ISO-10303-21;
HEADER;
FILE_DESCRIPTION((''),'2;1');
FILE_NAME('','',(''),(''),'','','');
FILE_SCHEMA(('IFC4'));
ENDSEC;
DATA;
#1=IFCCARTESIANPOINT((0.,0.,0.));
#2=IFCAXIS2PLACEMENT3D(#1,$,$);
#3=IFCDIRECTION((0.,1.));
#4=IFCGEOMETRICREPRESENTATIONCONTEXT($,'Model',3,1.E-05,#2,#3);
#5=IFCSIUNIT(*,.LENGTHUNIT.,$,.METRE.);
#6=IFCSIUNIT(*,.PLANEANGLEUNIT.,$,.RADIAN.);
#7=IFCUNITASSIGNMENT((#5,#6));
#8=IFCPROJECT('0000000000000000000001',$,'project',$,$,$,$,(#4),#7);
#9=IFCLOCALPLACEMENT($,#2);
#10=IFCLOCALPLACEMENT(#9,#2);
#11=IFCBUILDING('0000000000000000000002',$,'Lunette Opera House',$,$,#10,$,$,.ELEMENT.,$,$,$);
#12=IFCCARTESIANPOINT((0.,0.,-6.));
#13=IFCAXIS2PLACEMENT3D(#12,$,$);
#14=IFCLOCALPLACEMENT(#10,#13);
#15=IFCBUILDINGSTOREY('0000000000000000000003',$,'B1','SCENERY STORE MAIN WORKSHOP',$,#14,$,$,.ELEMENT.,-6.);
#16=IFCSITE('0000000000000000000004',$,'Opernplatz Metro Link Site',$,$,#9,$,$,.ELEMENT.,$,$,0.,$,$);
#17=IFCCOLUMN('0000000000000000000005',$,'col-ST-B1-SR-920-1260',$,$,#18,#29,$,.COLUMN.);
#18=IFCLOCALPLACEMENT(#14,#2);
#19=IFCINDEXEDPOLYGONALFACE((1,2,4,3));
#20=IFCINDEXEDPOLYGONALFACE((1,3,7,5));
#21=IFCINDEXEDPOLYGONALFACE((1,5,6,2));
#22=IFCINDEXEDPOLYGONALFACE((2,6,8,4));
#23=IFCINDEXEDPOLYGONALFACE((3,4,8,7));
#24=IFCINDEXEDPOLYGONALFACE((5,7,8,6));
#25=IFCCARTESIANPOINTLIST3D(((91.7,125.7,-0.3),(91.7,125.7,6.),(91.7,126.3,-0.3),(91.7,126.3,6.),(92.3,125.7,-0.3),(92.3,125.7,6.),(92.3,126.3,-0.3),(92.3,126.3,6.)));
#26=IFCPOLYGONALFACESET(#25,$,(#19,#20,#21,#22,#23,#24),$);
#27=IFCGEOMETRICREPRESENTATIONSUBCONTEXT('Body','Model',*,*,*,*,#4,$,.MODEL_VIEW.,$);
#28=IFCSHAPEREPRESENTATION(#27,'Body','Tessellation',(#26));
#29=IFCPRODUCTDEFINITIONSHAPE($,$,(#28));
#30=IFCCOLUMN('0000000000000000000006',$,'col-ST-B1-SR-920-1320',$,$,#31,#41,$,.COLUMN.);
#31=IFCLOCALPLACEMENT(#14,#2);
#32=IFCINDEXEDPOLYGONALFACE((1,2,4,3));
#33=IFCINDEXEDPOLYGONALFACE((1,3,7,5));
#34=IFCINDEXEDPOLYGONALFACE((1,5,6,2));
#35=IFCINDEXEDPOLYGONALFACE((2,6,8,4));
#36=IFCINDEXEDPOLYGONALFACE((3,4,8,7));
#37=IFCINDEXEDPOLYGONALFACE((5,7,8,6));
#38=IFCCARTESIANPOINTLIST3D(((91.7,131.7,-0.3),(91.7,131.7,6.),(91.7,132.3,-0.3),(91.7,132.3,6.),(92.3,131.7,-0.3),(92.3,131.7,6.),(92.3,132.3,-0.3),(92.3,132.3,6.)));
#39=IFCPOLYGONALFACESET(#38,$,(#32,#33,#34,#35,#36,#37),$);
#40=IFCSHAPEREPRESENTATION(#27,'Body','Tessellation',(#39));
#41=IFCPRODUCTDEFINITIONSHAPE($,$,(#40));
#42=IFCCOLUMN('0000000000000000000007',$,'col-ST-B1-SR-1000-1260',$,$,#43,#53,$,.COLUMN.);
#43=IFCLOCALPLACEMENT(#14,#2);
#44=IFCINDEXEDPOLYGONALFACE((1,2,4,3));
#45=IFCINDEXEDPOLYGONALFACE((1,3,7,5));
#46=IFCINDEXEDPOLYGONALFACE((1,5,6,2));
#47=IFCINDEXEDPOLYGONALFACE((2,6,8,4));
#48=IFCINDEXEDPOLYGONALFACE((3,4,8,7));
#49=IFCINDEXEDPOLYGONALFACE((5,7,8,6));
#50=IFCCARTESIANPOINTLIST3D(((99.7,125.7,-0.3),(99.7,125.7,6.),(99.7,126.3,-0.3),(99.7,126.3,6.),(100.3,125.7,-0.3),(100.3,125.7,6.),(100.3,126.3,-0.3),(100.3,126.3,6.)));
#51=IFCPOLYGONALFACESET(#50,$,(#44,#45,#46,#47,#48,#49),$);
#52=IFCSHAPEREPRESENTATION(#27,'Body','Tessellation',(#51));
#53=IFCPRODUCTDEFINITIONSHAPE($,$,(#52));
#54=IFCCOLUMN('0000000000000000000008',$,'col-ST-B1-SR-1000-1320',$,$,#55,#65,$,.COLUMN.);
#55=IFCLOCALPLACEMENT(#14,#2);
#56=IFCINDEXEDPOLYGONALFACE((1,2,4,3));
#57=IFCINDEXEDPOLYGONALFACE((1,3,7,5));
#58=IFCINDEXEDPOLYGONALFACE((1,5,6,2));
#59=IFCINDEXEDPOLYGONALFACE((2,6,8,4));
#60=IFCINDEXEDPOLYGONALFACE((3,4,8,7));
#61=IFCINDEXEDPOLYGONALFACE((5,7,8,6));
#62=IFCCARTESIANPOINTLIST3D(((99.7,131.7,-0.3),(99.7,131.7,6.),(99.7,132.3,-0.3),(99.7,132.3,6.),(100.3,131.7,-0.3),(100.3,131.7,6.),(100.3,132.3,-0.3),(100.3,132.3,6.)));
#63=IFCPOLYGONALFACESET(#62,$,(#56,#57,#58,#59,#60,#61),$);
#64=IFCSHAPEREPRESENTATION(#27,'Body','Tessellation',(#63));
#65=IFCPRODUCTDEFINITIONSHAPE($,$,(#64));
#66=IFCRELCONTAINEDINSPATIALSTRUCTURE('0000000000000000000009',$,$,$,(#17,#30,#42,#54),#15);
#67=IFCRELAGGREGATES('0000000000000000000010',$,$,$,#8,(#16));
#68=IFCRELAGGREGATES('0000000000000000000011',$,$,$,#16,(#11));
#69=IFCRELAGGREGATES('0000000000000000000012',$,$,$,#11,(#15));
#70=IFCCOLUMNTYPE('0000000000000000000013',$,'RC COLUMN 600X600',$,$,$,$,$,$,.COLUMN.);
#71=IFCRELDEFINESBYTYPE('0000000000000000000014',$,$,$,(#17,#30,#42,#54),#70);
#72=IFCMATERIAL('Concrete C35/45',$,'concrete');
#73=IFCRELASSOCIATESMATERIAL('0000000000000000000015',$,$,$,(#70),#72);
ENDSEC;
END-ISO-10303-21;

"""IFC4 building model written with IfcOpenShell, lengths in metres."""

from ifc_helpers import new_model, si_unit, direction, frame, origin, origin_2d, place, context, subcontext, project, spatial, rectangle, extrude, material, material_profile, profile_set, type_object, element, save


model = new_model("IFC4")

# Units and contexts
model_context = context("Model", 3, precision=1e-05, world=origin(), true_north=direction((0.0, 1.0)))
body_context = subcontext(model_context, "Body", "Model", "MODEL_VIEW")
ifc_project = project(units=[si_unit("LENGTHUNIT", "METRE"), si_unit("PLANEANGLEUNIT", "RADIAN")], contexts=[model_context])

# Site, building, storey
site_placement = place(None, origin())
site = spatial("IfcSite", under=ifc_project, at=site_placement, Name="Opernplatz Metro Link Site", CompositionType="ELEMENT", RefElevation=0.0)
building_placement = place(site_placement, origin())
building = spatial("IfcBuilding", under=site, at=building_placement, Name="Lunette Opera House", CompositionType="ELEMENT")
storey_placement = place(building_placement, frame((0.0, 0.0, -6.0)))
storey = spatial("IfcBuildingStorey", under=building, at=storey_placement, Name="B1", Description="SCENERY STORE MAIN WORKSHOP", CompositionType="ELEMENT", Elevation=-6.0)

# Columns
ifc_material_1 = material(Name="Concrete C35/45", Category="concrete")
ifc_material_profile_1 = material_profile(ifc_material_1, rectangle(XDim=0.6001, YDim=0.6001, at=origin_2d()), Name="RC COLUMN 600X600")
ifc_profile_set_1 = profile_set([ifc_material_profile_1], Name="Concrete C35/45")
column_type = type_object("IfcColumnType", Name="RC COLUMN 600X600", PredefinedType="COLUMN", material=ifc_profile_set_1)
for number, where, z_axis, x_axis, name in (
    (1, (92.0, 126.0, -0.3), (0.0, 0.0, 1.0), (1.0, 0.0, 0.0), "col-ST-B1-SR-920-1260"),
    (2, (92.0, 132.0, -0.3), (0.0, 0.0, 1.0), (1.0, 0.0, 0.0), "col-ST-B1-SR-920-1320"),
    (3, (100.0, 126.0, -0.3), (0.0, 0.0, 1.0), (1.0, 0.0, 0.0), "col-ST-B1-SR-1000-1260"),
    (4, (100.0, 132.0, -0.3), (0.0, 0.0, 1.0), (1.0, 0.0, 0.0), "col-ST-B1-SR-1000-1320"),
):
    element("IfcColumn", number, at=place(storey_placement, frame(where, z_axis=z_axis, x_axis=x_axis)), inside=storey, type_object=column_type, Name=name, PredefinedType="COLUMN", context=body_context, shape_type="SweptSolid", body=[
        extrude(rectangle(XDim=0.6001, YDim=0.6001, at=origin_2d()), origin(), (0.0, 0.0, 1.0), 6.3),
    ])

save(model, "model.ifc")
